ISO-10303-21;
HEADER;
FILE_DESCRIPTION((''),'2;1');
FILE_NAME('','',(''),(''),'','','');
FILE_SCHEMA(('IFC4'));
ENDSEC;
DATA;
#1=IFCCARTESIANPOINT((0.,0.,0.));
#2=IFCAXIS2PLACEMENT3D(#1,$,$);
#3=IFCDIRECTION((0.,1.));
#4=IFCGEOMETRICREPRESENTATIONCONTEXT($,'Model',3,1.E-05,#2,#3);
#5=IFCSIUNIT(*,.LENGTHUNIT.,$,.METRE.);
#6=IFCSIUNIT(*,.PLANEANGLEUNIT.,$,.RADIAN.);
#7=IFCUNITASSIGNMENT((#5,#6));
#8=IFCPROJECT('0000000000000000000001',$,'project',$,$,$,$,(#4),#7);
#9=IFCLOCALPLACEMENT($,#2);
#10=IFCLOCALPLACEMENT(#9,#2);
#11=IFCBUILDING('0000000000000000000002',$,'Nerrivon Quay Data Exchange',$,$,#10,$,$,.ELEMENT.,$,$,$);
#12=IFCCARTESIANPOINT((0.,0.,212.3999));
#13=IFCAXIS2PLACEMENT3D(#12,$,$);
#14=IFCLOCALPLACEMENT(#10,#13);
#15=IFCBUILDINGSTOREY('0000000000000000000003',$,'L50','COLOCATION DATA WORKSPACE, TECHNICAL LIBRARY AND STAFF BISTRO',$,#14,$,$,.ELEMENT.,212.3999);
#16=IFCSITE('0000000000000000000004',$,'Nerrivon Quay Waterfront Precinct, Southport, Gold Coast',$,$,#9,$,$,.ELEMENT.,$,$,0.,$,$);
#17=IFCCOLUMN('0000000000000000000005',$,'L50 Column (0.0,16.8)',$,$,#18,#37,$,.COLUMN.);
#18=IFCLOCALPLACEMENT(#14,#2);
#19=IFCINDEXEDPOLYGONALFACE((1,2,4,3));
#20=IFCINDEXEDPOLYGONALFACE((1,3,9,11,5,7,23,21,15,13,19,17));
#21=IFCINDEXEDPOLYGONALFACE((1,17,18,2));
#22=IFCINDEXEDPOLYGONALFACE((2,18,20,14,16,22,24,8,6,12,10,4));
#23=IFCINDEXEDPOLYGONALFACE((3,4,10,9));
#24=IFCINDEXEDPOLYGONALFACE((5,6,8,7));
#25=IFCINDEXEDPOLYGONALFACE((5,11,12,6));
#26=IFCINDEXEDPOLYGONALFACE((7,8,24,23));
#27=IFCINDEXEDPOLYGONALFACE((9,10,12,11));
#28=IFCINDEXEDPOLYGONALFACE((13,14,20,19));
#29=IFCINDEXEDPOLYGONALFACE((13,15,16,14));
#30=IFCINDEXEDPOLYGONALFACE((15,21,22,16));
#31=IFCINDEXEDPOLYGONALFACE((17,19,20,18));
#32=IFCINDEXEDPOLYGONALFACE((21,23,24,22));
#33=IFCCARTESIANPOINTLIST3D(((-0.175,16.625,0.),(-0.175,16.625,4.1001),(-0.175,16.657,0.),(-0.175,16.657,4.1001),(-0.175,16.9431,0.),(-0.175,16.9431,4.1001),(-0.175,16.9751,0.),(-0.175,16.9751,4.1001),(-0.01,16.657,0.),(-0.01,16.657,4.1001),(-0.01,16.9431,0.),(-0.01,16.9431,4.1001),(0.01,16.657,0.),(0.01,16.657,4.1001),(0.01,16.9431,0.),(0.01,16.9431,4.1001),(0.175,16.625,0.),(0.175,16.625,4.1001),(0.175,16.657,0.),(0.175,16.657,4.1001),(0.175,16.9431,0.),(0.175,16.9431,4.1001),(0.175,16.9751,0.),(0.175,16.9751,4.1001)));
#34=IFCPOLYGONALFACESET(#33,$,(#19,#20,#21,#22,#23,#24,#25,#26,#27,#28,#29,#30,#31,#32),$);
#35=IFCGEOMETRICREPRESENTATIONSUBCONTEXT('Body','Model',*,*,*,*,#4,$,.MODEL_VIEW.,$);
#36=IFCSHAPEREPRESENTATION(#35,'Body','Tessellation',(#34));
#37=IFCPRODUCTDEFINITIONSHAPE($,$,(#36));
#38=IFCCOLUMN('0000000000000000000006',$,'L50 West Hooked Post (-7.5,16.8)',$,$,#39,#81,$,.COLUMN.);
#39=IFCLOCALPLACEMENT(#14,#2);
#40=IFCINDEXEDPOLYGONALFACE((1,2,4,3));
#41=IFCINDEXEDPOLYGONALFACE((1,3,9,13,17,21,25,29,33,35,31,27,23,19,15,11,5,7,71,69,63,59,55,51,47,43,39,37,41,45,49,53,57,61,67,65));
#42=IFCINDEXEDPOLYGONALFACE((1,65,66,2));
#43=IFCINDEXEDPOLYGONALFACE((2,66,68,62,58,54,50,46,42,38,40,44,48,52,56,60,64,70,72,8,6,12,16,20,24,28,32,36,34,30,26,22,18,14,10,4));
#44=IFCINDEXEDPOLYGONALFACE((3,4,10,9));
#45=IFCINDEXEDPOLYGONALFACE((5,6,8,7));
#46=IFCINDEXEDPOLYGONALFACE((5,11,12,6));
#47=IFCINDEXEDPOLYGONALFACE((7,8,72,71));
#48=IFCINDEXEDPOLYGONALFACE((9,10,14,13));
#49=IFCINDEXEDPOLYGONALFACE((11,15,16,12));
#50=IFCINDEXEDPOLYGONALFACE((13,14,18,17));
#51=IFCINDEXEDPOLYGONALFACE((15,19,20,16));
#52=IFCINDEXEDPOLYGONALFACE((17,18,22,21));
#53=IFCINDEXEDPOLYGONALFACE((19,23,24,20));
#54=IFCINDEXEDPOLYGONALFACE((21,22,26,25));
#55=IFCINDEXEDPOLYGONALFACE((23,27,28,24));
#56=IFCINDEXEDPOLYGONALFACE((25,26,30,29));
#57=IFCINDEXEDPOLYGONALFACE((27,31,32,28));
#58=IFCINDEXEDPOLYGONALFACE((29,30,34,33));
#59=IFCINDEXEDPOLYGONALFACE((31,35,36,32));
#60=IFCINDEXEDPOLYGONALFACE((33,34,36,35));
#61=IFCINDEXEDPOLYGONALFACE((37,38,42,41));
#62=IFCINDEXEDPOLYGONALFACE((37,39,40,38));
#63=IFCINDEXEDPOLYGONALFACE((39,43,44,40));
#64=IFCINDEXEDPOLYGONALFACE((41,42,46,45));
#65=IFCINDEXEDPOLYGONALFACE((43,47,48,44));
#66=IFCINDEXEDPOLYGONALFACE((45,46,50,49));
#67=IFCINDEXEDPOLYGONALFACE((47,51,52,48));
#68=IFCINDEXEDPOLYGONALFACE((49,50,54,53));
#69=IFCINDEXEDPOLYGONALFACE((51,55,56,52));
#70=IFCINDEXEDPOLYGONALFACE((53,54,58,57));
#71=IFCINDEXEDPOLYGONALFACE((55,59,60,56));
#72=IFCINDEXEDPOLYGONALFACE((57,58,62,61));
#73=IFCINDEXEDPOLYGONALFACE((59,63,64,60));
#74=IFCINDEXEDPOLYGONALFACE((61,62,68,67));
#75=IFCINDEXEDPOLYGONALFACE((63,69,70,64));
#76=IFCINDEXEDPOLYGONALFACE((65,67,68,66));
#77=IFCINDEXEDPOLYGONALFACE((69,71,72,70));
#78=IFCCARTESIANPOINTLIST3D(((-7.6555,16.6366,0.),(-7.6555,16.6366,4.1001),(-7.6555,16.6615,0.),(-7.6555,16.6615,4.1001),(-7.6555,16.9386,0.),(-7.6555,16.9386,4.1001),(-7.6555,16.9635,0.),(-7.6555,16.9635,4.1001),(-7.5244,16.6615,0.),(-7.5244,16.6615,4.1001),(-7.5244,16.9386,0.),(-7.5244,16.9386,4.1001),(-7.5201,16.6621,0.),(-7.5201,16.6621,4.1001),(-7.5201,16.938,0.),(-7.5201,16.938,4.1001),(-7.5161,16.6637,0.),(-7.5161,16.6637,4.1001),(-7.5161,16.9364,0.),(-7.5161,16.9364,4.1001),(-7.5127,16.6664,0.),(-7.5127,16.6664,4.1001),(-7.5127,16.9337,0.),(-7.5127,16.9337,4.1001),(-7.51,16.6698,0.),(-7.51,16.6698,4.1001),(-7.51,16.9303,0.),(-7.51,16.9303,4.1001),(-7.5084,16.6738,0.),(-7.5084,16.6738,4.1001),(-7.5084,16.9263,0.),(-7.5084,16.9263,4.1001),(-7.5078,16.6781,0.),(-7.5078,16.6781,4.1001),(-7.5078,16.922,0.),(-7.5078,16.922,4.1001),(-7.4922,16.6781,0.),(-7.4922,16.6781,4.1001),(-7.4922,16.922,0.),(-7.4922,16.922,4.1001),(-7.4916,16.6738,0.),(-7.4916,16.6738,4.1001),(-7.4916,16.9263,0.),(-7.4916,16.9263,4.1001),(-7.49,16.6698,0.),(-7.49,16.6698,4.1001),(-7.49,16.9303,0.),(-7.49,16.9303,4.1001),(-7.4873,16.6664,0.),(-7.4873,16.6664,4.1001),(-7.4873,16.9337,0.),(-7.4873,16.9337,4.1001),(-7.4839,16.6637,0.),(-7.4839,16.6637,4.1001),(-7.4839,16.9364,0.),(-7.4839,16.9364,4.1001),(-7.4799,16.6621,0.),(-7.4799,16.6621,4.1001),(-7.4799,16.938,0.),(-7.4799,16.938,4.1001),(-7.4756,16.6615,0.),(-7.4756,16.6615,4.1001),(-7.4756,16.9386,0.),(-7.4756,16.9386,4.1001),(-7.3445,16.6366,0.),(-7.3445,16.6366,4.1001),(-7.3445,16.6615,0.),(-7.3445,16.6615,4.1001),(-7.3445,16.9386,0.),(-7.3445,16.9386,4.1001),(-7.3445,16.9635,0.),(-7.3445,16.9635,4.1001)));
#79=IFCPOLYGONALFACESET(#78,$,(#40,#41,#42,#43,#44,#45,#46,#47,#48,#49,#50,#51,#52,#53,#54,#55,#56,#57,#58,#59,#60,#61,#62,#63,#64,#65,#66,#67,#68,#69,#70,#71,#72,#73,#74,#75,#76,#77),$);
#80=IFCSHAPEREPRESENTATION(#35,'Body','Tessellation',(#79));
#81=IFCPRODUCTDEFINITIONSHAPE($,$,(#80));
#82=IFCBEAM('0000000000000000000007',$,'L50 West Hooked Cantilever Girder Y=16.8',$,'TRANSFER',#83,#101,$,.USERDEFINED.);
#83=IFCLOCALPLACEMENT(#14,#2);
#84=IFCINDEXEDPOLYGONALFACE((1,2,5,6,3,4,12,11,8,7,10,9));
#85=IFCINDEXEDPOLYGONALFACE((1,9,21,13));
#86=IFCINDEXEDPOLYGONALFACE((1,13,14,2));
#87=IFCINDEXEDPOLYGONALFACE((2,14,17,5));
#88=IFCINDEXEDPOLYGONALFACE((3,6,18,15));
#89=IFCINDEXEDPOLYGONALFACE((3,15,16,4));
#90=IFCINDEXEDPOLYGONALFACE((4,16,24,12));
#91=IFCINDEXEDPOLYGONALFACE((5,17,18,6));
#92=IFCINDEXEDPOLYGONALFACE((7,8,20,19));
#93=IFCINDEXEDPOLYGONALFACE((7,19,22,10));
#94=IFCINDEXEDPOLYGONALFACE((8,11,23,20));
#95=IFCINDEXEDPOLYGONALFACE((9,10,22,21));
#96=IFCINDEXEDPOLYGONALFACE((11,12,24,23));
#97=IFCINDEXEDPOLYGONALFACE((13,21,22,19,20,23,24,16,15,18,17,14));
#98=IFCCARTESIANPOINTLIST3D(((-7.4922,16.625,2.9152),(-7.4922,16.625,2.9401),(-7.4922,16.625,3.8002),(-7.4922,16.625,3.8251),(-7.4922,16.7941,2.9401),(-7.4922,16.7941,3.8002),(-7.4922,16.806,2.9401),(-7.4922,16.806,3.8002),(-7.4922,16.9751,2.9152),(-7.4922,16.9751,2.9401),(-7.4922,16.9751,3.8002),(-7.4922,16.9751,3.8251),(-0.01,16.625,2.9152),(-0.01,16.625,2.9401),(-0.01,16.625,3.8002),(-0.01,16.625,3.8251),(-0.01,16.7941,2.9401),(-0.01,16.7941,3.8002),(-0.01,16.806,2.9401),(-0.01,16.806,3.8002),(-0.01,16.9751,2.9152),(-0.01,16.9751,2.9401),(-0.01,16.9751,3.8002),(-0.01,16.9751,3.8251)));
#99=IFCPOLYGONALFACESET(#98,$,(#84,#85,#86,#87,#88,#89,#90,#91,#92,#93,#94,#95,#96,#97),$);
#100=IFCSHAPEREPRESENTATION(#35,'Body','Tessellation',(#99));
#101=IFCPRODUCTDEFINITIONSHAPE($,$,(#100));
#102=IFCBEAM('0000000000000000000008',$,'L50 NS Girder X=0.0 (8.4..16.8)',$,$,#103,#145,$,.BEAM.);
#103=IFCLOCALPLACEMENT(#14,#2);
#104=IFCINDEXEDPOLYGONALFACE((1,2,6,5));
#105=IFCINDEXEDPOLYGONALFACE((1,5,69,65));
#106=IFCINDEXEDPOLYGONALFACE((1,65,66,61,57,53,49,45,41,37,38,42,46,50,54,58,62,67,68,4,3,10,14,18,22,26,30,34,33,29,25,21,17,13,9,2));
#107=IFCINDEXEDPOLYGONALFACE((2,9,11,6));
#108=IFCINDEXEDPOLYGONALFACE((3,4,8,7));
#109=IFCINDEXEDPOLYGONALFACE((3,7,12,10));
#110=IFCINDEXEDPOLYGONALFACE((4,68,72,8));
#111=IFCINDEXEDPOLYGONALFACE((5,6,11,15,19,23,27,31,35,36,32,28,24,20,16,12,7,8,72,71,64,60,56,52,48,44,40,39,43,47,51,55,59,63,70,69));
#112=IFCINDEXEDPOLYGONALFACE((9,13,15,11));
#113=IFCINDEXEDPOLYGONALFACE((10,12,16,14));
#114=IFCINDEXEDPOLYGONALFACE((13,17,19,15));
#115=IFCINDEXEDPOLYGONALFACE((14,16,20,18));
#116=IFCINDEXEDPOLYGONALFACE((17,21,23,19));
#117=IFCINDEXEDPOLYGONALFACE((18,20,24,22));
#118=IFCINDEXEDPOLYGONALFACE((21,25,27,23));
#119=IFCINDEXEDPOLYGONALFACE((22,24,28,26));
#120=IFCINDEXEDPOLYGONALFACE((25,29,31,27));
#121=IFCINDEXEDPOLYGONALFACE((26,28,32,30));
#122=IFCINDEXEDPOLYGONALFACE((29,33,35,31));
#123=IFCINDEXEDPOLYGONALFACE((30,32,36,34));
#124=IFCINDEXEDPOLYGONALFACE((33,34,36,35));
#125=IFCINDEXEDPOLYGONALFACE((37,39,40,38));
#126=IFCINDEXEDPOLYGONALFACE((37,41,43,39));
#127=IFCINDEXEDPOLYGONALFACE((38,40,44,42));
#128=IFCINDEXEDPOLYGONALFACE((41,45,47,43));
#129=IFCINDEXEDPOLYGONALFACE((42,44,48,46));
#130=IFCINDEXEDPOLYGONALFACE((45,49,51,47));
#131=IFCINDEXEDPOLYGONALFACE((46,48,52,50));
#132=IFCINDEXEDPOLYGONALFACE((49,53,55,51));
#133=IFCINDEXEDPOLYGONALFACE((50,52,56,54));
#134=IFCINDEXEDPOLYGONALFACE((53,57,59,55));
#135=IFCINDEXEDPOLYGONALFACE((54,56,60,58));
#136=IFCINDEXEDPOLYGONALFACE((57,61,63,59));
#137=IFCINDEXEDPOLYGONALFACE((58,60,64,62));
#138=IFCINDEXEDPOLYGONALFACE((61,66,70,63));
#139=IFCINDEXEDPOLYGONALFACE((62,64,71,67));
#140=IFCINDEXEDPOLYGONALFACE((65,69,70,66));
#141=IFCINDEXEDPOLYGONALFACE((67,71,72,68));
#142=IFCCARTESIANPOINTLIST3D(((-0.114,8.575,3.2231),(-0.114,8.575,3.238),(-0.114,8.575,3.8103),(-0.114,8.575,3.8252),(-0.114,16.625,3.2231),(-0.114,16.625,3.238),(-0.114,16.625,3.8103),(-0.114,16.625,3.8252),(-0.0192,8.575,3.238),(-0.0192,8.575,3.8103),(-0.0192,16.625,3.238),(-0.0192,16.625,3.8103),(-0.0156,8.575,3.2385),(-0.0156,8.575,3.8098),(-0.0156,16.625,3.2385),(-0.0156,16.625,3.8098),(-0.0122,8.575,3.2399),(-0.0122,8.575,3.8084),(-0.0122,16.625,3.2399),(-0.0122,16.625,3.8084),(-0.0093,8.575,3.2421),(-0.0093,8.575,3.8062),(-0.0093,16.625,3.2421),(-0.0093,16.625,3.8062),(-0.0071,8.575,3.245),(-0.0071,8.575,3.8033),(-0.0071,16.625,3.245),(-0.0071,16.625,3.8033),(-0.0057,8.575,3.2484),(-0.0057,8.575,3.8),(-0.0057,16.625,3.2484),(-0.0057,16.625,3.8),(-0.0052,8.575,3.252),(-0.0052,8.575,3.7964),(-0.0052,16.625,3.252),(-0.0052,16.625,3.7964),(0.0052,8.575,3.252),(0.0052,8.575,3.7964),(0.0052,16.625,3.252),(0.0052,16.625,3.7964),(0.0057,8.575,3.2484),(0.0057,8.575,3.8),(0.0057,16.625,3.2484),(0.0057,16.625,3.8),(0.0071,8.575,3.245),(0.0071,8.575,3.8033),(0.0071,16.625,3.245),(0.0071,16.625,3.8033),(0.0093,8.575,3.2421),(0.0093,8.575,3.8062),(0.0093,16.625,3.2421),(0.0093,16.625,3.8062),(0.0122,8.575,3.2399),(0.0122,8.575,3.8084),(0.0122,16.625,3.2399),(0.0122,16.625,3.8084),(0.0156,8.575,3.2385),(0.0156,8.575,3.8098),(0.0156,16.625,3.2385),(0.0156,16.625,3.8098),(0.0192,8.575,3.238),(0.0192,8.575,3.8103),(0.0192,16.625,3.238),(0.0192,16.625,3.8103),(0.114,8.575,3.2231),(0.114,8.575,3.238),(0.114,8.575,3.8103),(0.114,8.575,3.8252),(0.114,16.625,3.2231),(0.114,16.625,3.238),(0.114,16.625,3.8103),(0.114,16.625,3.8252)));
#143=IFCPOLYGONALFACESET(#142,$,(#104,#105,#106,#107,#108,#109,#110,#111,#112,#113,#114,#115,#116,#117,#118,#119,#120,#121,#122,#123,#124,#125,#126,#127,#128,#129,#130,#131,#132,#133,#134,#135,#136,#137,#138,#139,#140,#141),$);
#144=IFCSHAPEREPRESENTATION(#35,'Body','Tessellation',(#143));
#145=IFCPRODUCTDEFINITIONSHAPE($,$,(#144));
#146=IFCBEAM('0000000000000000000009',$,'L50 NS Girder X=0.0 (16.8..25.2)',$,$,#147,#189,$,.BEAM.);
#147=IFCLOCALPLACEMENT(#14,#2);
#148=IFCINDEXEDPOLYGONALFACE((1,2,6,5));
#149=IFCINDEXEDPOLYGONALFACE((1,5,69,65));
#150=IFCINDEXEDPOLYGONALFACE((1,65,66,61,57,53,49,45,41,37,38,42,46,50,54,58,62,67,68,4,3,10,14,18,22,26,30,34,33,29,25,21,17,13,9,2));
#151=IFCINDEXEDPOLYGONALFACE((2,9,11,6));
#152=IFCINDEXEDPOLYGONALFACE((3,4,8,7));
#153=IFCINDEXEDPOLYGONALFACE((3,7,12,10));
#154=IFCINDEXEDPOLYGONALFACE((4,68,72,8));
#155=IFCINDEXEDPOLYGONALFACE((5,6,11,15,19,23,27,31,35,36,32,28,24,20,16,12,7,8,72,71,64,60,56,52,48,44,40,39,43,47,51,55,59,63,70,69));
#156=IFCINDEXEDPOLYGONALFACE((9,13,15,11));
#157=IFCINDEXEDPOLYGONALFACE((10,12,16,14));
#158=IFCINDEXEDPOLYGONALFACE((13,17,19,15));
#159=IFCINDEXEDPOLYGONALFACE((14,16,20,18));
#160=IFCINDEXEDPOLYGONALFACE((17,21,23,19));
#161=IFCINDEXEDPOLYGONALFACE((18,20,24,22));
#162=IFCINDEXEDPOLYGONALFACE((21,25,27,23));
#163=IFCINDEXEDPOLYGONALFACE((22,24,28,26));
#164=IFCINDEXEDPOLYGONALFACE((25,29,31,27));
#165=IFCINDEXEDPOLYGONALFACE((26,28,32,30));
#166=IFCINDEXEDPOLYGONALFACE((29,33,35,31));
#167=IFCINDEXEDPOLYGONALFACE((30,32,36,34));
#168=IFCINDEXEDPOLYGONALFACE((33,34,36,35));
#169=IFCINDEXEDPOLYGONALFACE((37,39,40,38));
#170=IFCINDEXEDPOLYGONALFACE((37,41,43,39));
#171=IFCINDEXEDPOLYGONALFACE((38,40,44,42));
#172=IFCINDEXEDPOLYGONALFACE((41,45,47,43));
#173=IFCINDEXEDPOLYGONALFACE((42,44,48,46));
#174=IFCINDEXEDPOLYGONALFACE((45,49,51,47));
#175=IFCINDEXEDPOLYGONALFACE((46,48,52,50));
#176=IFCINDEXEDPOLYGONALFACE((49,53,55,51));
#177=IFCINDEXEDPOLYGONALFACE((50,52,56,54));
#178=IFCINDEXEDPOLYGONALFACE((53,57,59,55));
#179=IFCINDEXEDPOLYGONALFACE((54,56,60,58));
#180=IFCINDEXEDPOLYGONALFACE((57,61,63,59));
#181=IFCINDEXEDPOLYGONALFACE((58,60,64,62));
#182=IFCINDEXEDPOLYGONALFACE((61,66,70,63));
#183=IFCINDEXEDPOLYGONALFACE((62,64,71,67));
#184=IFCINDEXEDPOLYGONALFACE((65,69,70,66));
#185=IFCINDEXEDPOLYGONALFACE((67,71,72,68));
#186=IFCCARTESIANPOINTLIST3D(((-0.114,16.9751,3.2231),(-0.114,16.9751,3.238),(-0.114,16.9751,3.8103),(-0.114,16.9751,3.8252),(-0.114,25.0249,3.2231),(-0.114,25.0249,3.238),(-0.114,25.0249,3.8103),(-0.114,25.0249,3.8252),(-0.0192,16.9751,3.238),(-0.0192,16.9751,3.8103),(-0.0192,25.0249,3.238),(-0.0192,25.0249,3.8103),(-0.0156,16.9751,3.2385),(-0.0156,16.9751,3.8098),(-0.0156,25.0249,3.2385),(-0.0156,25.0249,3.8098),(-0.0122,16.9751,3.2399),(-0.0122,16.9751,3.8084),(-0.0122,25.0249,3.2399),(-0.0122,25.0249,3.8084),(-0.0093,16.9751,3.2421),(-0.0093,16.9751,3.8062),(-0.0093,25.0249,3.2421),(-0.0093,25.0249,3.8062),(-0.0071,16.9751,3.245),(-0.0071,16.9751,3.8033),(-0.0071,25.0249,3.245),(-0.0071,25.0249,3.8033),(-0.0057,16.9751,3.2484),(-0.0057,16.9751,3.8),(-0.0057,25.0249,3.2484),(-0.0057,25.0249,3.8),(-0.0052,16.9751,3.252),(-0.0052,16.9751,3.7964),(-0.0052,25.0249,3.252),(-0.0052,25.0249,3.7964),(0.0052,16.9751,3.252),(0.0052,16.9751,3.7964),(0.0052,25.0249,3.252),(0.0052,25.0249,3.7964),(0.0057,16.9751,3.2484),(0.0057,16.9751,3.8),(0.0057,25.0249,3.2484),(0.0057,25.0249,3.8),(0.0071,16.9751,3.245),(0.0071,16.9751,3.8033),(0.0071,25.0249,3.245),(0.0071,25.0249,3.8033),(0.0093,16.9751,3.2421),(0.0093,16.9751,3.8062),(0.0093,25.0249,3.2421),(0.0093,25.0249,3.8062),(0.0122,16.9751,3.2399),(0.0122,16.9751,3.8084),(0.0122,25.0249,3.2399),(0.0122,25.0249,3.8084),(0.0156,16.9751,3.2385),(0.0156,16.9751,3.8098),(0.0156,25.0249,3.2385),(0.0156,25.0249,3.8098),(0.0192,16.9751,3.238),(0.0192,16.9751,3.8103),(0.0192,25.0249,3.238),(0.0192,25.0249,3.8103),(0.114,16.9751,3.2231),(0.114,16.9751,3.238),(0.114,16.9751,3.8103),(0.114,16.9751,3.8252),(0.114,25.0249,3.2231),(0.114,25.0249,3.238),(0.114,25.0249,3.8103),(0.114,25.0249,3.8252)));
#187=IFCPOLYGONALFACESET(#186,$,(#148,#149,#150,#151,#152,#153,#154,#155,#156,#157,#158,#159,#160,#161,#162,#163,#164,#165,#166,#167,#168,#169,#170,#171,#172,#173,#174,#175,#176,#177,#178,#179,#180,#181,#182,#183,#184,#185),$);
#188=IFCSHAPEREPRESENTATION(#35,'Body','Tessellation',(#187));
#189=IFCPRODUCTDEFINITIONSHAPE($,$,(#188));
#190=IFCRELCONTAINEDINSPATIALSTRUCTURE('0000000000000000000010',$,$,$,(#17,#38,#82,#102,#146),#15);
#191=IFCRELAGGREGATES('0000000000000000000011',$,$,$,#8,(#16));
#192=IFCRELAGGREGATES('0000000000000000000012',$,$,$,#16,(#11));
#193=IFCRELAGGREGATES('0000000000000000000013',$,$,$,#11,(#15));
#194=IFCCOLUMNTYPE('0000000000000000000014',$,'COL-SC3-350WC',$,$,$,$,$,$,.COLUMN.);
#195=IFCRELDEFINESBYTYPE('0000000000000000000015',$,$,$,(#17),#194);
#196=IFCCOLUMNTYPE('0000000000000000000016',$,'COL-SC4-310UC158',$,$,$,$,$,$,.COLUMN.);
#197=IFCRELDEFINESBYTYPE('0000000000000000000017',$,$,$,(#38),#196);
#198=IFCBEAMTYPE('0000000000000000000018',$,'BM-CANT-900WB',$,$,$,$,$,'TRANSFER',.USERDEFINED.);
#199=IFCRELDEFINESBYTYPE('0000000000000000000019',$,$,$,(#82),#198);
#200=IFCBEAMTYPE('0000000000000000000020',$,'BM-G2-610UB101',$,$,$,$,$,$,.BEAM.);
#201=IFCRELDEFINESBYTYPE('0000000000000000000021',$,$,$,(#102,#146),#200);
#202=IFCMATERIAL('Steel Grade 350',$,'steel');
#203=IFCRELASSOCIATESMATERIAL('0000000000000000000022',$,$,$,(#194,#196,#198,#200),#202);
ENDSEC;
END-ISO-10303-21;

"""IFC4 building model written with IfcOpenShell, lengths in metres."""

from ifc_helpers import new_model, si_unit, direction, frame, origin, origin_2d, place, context, subcontext, project, spatial, i_section, extrude, material, material_profile, profile_set, type_object, element, save


model = new_model("IFC4")

# Units and contexts
model_context = context("Model", 3, precision=1e-05, world=origin(), true_north=direction((0.0, 1.0)))
body_context = subcontext(model_context, "Body", "Model", "MODEL_VIEW")
ifc_project = project(units=[si_unit("LENGTHUNIT", "METRE"), si_unit("PLANEANGLEUNIT", "RADIAN")], contexts=[model_context])

# Site, building, storey
site_placement = place(None, origin())
site = spatial("IfcSite", under=ifc_project, at=site_placement, Name="Nerrivon Quay Waterfront Precinct, Southport, Gold Coast", CompositionType="ELEMENT", RefElevation=0.0)
building_placement = place(site_placement, origin())
building = spatial("IfcBuilding", under=site, at=building_placement, Name="Nerrivon Quay Data Exchange", CompositionType="ELEMENT")
storey_placement = place(building_placement, frame((0.0, 0.0, 212.3999)))
storey = spatial("IfcBuildingStorey", under=building, at=storey_placement, Name="L50", Description="COLOCATION DATA WORKSPACE, TECHNICAL LIBRARY AND STAFF BISTRO", CompositionType="ELEMENT", Elevation=212.3999)

# Columns
ifc_material_1 = material(Name="Steel Grade 350", Category="steel")
ifc_material_profile_1 = material_profile(ifc_material_1, i_section(OverallWidth=0.3501, OverallDepth=0.3501, WebThickness=0.02, FlangeThickness=0.032, at=origin_2d()), Name="350WC230")
ifc_profile_set_1 = profile_set([ifc_material_profile_1], Name="Steel Grade 350")
column_type_1 = type_object("IfcColumnType", Name="COL-SC3-350WC", PredefinedType="COLUMN", material=ifc_profile_set_1)
column_1_placement = place(storey_placement, frame((0.0, 16.8, 0.0), z_axis=(0.0, 0.0, 1.0), x_axis=(1.0, 0.0, 0.0)))
element("IfcColumn", 1, at=column_1_placement, inside=storey, type_object=column_type_1, Name="L50 Column (0.0,16.8)", PredefinedType="COLUMN", context=body_context, shape_type="SweptSolid", body=[
    extrude(i_section(OverallWidth=0.3501, OverallDepth=0.3501, WebThickness=0.02, FlangeThickness=0.032, at=origin_2d()), origin(), (0.0, 0.0, 1.0), 4.1001),
])
ifc_material_profile_2 = material_profile(ifc_material_1, i_section(OverallWidth=0.311, OverallDepth=0.3269, WebThickness=0.0156, FlangeThickness=0.0249, FilletRadius=0.0166, at=origin_2d()), Name="310UC158")
ifc_profile_set_2 = profile_set([ifc_material_profile_2], Name="Steel Grade 350")
column_type_2 = type_object("IfcColumnType", Name="COL-SC4-310UC158", PredefinedType="COLUMN", material=ifc_profile_set_2)
column_2_placement = place(storey_placement, frame((-7.5, 16.8, 0.0), z_axis=(0.0, 0.0, 1.0), x_axis=(1.0, 0.0, 0.0)))
element("IfcColumn", 2, at=column_2_placement, inside=storey, type_object=column_type_2, Name="L50 West Hooked Post (-7.5,16.8)", PredefinedType="COLUMN", context=body_context, shape_type="SweptSolid", body=[
    extrude(i_section(OverallWidth=0.311, OverallDepth=0.3269, WebThickness=0.0156, FlangeThickness=0.0249, FilletRadius=0.0166, at=origin_2d()), origin(), (0.0, 0.0, 1.0), 4.1001),
])

# Beams
ifc_material_profile_3 = material_profile(ifc_material_1, i_section(OverallWidth=0.3501, OverallDepth=0.9099, WebThickness=0.012, FlangeThickness=0.0249, at=origin_2d()), Name="900WB218")
ifc_profile_set_3 = profile_set([ifc_material_profile_3], Name="Steel Grade 350")
beam_type_1 = type_object("IfcBeamType", Name="BM-CANT-900WB", ElementType="TRANSFER", PredefinedType="USERDEFINED", material=ifc_profile_set_3)
beam_1_placement = place(storey_placement, frame((-0.01, 16.8, 3.3701), z_axis=(-1.0, 0.0, 0.0), x_axis=(0.0, -1.0, 0.0)))
element("IfcBeam", 3, at=beam_1_placement, inside=storey, type_object=beam_type_1, Name="L50 West Hooked Cantilever Girder Y=16.8", ObjectType="TRANSFER", PredefinedType="USERDEFINED", context=body_context, shape_type="SweptSolid", body=[
    extrude(i_section(OverallWidth=0.3501, OverallDepth=0.9099, WebThickness=0.012, FlangeThickness=0.0249, at=origin_2d()), origin(), (0.0, 0.0, 1.0), 7.4822),
])
ifc_material_profile_4 = material_profile(ifc_material_1, i_section(OverallWidth=0.228, OverallDepth=0.6021, WebThickness=0.0105, FlangeThickness=0.0149, FilletRadius=0.0139, at=origin_2d()), Name="610UB101")
ifc_profile_set_4 = profile_set([ifc_material_profile_4], Name="Steel Grade 350")
beam_type_2 = type_object("IfcBeamType", Name="BM-G2-610UB101", PredefinedType="BEAM", material=ifc_profile_set_4)
beam_2_placement = place(storey_placement, frame((0.0, 8.575, 3.5242), z_axis=(0.0, 1.0, 0.0), x_axis=(-1.0, 0.0, 0.0)))
element("IfcBeam", 4, at=beam_2_placement, inside=storey, type_object=beam_type_2, Name="L50 NS Girder X=0.0 (8.4..16.8)", PredefinedType="BEAM", context=body_context, shape_type="SweptSolid", body=[
    extrude(i_section(OverallWidth=0.228, OverallDepth=0.6021, WebThickness=0.0105, FlangeThickness=0.0149, FilletRadius=0.0139, at=origin_2d()), origin(), (0.0, 0.0, 1.0), 8.05),
])
beam_3_placement = place(storey_placement, frame((0.0, 16.9751, 3.5242), z_axis=(0.0, 1.0, 0.0), x_axis=(-1.0, 0.0, 0.0)))
element("IfcBeam", 5, at=beam_3_placement, inside=storey, type_object=beam_type_2, Name="L50 NS Girder X=0.0 (16.8..25.2)", PredefinedType="BEAM", context=body_context, shape_type="SweptSolid", body=[
    extrude(i_section(OverallWidth=0.228, OverallDepth=0.6021, WebThickness=0.0105, FlangeThickness=0.0149, FilletRadius=0.0139, at=origin_2d()), origin(), (0.0, 0.0, 1.0), 8.0498),
])

save(model, "model.ifc")
